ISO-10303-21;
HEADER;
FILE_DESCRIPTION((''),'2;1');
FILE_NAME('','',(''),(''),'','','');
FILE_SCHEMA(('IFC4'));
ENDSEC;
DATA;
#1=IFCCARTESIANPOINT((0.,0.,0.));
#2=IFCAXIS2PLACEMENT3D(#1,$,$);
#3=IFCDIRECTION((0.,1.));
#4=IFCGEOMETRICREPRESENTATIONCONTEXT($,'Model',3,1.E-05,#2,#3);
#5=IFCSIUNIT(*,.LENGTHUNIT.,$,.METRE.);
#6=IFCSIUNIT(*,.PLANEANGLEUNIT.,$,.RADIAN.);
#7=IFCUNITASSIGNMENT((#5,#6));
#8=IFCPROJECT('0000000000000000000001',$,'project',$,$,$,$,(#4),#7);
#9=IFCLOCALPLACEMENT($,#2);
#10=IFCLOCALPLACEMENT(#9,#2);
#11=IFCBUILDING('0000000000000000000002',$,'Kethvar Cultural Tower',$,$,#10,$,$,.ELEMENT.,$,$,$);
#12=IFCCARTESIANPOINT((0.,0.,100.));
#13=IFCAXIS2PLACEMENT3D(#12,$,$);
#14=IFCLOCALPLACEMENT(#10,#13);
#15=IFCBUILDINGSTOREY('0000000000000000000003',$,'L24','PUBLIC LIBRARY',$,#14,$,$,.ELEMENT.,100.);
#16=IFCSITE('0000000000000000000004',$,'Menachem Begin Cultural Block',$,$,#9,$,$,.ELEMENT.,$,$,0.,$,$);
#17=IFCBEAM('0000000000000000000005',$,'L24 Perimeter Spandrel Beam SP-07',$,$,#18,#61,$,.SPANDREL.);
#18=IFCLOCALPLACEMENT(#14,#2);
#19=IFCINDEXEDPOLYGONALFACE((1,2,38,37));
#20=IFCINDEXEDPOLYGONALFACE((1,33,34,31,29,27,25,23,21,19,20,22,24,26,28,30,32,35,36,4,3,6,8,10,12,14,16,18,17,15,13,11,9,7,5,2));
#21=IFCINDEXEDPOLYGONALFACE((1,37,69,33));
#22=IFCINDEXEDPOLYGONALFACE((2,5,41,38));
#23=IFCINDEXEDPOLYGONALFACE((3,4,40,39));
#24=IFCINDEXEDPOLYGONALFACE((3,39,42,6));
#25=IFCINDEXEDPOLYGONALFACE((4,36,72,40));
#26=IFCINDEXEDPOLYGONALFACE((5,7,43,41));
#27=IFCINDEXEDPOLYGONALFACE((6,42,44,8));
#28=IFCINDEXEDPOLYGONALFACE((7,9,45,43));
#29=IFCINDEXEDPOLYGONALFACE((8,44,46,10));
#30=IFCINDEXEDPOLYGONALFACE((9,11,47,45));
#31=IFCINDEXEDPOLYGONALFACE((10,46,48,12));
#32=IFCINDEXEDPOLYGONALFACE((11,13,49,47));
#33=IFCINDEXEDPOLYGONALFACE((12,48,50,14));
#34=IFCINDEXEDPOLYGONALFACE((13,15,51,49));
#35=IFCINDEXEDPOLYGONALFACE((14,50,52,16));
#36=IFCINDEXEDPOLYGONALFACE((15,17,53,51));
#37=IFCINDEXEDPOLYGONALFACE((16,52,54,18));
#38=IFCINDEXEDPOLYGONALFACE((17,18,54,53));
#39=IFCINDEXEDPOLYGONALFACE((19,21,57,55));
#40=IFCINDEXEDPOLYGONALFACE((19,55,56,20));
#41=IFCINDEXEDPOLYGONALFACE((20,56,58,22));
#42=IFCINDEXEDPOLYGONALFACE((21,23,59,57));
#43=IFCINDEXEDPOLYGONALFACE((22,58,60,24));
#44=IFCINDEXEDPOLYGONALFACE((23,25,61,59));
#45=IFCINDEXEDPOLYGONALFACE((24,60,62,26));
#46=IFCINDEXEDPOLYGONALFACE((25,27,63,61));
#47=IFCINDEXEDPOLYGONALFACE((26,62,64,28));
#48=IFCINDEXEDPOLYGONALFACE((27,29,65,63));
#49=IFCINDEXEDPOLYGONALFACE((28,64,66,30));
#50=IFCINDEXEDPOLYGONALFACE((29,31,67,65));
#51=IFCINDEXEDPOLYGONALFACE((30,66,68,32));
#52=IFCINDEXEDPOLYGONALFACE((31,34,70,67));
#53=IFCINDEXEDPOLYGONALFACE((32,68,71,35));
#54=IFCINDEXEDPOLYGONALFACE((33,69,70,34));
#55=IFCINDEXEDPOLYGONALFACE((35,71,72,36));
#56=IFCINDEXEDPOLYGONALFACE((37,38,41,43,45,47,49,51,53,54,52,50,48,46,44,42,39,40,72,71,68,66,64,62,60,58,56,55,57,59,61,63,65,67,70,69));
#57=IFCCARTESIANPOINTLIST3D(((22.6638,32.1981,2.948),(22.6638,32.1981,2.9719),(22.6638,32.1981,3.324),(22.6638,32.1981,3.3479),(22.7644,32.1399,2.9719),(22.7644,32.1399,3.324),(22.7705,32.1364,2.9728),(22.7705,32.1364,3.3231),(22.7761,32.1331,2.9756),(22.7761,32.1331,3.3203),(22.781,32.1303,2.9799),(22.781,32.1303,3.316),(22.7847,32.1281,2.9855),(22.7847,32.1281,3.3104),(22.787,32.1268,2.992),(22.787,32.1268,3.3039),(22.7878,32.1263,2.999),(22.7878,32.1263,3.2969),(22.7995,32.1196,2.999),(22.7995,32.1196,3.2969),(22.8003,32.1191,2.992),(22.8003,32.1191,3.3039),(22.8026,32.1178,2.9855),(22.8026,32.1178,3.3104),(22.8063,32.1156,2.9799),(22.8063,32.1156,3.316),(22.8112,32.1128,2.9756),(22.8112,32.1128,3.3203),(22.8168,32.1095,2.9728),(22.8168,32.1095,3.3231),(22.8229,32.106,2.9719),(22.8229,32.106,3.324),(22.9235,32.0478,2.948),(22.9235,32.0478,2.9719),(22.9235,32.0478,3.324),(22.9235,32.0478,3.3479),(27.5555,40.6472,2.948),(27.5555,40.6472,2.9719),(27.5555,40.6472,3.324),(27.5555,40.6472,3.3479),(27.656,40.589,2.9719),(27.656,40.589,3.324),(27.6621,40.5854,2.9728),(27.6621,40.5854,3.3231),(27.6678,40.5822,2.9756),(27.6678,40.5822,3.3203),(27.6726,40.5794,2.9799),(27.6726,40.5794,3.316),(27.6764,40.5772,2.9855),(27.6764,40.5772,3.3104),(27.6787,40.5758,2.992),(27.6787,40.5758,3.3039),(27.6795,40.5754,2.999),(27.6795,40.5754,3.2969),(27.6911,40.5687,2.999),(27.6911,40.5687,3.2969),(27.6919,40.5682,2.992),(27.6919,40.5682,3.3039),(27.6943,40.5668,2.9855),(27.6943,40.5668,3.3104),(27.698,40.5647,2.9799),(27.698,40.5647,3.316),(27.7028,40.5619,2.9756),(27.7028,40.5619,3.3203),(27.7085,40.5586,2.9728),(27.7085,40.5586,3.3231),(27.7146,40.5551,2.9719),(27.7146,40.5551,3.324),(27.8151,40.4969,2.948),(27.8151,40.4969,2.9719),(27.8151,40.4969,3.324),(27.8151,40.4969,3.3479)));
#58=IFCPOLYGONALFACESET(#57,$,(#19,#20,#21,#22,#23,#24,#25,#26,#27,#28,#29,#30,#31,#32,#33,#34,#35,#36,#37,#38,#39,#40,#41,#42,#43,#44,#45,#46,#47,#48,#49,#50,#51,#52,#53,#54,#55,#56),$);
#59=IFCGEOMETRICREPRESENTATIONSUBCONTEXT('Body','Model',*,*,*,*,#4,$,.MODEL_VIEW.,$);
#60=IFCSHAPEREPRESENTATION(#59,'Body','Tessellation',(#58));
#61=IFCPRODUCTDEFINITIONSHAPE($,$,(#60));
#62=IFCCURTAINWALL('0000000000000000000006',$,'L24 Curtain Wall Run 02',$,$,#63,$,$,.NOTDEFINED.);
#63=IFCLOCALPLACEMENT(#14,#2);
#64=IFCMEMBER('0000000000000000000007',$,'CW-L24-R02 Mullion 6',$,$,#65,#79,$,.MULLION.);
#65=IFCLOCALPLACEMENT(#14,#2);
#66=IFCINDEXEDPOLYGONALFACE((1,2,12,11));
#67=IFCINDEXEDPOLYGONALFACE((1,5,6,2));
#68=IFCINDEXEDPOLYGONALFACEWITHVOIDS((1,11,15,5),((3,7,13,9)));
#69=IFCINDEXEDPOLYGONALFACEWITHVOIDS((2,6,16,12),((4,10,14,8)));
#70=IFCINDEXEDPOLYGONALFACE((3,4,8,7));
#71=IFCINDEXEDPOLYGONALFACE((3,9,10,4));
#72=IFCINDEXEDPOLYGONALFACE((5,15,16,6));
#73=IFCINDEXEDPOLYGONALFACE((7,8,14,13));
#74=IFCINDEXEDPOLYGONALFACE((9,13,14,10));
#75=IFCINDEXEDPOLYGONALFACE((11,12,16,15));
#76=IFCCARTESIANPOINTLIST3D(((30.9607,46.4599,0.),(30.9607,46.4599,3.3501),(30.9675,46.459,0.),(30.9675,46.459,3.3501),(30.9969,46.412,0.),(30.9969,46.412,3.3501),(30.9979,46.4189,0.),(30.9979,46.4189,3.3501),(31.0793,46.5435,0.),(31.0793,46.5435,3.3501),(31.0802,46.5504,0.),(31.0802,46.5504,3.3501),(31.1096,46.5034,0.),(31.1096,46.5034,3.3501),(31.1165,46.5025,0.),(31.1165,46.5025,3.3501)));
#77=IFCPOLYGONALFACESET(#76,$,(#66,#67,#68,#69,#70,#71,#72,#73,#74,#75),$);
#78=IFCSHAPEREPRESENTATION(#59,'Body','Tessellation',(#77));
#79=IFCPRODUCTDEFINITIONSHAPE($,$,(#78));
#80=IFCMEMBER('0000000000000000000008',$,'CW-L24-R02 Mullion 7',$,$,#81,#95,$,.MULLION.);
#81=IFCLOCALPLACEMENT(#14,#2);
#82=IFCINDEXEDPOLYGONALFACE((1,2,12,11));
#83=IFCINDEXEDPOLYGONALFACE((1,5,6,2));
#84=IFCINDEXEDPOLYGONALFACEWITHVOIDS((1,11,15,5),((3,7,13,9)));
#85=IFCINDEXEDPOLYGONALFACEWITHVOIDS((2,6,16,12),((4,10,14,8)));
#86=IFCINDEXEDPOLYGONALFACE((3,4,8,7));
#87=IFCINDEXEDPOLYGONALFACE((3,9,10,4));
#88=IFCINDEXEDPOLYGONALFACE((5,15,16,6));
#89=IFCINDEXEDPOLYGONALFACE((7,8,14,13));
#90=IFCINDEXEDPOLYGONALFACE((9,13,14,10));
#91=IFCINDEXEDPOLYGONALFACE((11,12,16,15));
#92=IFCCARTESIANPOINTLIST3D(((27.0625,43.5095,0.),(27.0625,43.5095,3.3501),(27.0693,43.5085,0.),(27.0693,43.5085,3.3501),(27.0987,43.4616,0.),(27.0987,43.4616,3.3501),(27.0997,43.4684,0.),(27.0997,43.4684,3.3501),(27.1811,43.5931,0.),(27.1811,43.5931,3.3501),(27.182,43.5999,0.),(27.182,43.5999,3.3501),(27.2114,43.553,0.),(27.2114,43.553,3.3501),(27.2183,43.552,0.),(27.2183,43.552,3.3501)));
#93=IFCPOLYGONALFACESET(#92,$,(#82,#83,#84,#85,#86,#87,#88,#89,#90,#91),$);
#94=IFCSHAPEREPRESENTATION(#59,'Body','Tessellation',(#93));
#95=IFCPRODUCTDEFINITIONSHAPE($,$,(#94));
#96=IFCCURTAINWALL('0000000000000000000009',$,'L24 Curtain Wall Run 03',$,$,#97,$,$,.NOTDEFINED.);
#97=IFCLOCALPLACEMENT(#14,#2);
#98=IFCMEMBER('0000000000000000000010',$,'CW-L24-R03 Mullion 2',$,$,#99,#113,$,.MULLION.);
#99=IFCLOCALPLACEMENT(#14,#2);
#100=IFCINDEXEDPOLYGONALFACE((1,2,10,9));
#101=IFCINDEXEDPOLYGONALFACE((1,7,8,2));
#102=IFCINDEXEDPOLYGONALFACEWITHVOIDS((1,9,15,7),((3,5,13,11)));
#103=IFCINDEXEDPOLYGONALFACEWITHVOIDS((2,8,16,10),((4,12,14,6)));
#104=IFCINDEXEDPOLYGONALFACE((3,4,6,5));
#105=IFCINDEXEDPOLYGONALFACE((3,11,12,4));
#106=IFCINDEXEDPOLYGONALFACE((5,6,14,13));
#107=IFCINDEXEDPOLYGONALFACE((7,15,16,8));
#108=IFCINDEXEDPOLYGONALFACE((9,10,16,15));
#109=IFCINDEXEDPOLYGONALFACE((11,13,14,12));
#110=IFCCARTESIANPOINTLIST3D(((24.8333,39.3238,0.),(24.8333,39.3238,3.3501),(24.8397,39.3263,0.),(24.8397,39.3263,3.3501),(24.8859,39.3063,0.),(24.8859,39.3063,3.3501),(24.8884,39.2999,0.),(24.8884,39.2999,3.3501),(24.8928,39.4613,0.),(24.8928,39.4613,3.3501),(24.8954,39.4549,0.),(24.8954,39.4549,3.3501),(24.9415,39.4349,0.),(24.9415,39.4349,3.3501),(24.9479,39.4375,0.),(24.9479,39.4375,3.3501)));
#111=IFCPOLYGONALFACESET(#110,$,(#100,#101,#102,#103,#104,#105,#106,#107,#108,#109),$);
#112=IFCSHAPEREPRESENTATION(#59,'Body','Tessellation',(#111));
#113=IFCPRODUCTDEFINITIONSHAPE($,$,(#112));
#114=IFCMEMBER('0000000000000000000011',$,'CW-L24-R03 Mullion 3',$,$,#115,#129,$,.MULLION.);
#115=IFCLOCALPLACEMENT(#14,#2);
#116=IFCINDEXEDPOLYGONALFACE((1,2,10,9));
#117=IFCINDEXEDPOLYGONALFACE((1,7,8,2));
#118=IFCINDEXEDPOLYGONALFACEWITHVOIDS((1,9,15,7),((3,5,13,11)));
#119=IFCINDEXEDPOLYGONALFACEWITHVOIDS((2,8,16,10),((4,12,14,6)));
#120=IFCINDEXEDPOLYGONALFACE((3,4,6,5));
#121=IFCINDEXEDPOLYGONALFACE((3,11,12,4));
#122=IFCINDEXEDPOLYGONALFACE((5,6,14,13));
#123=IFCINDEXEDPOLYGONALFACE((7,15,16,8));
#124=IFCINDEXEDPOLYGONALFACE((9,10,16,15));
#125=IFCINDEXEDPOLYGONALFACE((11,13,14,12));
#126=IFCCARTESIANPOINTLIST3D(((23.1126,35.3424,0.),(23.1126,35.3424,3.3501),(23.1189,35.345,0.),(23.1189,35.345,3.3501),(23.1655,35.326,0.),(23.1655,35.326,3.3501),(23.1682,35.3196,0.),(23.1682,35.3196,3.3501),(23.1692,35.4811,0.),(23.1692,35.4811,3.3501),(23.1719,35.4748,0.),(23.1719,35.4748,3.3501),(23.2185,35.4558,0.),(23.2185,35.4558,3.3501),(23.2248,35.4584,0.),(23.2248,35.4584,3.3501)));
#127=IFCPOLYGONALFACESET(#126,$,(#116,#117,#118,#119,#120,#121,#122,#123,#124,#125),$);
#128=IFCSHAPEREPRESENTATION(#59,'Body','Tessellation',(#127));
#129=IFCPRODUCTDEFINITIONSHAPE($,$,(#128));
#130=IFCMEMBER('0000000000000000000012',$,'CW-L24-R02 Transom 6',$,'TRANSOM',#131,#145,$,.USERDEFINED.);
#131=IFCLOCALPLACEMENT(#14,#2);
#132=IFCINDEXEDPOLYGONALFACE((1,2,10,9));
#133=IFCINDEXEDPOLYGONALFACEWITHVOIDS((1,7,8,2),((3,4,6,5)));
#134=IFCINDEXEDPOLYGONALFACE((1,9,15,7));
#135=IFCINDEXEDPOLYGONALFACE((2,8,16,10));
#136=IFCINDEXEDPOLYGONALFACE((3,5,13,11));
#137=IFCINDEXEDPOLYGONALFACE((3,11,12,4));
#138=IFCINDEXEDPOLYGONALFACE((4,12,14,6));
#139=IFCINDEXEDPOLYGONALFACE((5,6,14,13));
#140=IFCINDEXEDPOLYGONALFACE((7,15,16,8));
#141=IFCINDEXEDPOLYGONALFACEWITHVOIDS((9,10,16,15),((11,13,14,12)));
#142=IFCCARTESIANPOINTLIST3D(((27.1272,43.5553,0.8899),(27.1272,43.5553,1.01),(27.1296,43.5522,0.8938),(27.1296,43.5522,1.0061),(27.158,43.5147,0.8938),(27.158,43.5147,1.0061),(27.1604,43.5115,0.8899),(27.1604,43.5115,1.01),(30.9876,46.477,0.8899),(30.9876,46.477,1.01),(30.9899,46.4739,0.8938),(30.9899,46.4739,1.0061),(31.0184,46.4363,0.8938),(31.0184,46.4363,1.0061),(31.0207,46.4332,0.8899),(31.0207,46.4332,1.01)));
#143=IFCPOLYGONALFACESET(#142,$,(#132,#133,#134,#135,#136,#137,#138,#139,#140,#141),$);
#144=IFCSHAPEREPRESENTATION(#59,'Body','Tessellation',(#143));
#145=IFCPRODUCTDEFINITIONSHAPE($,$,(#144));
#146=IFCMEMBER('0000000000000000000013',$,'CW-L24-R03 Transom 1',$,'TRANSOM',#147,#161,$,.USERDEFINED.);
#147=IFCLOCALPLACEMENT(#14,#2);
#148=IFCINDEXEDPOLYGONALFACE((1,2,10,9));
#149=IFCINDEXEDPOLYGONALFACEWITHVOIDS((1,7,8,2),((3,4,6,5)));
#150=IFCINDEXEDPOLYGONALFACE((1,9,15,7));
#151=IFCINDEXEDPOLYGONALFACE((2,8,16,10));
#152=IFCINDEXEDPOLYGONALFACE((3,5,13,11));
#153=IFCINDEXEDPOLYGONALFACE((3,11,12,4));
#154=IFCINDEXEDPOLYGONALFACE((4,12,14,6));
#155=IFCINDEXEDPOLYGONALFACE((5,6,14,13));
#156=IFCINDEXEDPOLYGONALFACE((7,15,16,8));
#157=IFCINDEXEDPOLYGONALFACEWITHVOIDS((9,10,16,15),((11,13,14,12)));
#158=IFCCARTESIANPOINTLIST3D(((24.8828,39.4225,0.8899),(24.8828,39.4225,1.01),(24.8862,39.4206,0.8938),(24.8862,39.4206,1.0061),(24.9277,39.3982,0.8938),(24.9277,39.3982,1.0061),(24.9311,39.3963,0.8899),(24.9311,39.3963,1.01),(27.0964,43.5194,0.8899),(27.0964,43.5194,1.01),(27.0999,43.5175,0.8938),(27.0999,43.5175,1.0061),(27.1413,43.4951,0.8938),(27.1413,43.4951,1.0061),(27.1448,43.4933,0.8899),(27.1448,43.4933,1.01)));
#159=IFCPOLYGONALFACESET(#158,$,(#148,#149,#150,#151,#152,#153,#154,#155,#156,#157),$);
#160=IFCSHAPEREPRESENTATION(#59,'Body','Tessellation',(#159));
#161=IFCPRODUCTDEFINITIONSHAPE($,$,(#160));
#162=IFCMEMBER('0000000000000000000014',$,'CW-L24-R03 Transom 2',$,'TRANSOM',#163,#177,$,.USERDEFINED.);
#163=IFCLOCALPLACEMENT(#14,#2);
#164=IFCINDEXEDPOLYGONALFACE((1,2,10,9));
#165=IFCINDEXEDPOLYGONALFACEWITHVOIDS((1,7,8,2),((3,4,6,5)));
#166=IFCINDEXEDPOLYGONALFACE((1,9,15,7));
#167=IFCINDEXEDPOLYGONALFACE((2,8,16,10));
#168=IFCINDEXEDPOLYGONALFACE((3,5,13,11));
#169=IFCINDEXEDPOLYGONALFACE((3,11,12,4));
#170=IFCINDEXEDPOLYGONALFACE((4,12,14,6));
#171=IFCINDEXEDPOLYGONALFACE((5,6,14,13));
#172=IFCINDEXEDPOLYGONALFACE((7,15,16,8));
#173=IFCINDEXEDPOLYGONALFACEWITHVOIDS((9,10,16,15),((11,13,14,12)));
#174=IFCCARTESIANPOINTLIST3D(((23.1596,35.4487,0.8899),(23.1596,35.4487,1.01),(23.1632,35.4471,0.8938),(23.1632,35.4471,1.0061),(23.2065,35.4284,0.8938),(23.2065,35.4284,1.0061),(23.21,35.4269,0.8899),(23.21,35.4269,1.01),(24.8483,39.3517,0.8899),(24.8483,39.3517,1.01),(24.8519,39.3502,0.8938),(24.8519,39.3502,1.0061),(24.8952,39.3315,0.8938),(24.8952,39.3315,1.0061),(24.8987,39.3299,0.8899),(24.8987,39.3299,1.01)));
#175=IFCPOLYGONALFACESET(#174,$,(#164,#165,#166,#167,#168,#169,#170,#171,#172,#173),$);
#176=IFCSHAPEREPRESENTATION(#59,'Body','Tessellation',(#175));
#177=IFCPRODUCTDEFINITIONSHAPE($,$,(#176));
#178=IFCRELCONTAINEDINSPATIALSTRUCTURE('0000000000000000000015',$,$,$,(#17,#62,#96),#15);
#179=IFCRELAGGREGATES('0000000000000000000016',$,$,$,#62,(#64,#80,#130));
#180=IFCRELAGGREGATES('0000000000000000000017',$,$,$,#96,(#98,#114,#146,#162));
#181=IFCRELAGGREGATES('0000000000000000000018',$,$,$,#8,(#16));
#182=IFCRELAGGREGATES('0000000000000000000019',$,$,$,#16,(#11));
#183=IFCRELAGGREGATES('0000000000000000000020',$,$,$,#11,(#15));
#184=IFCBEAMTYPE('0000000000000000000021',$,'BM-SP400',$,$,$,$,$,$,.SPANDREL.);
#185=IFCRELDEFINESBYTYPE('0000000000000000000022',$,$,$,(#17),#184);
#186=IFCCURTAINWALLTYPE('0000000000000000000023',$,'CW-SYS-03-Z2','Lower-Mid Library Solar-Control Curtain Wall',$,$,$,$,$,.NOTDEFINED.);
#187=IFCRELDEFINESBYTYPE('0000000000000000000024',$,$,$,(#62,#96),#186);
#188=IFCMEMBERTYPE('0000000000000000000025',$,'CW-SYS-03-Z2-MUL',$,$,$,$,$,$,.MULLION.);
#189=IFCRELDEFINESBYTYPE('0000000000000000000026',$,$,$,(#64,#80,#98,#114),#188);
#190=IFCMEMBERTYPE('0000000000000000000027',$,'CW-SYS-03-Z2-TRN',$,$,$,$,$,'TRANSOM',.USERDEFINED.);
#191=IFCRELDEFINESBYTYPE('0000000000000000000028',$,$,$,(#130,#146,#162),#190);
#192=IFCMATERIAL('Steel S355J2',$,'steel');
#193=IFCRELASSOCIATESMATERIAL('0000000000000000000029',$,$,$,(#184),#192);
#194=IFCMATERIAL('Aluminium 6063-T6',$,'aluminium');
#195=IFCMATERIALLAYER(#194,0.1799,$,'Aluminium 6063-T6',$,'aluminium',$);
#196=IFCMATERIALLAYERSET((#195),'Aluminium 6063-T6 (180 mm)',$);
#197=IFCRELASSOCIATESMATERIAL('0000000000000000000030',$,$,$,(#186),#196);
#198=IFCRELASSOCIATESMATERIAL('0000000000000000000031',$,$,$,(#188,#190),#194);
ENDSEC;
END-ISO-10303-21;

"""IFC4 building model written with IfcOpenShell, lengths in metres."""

from ifc_helpers import new_model, si_unit, direction, frame, origin, origin_2d, place, context, subcontext, project, spatial, hollow_rectangle, i_section, extrude, source, transform, mapped, material, layer, layer_set, material_profile, profile_set, type_object, element, aggregate, save


model = new_model("IFC4")

# Units and contexts
model_context = context("Model", 3, precision=1e-05, world=origin(), true_north=direction((0.0, 1.0)))
body_context = subcontext(model_context, "Body", "Model", "MODEL_VIEW")
ifc_project = project(units=[si_unit("LENGTHUNIT", "METRE"), si_unit("PLANEANGLEUNIT", "RADIAN")], contexts=[model_context])

# Site, building, storey
site_placement = place(None, origin())
site = spatial("IfcSite", under=ifc_project, at=site_placement, Name="Menachem Begin Cultural Block", CompositionType="ELEMENT", RefElevation=0.0)
building_placement = place(site_placement, origin())
building = spatial("IfcBuilding", under=site, at=building_placement, Name="Kethvar Cultural Tower", CompositionType="ELEMENT")
storey_placement = place(building_placement, frame((0.0, 0.0, 100.0)))
storey = spatial("IfcBuildingStorey", under=building, at=storey_placement, Name="L24", Description="PUBLIC LIBRARY", CompositionType="ELEMENT", Elevation=100.0)

# Beam
ifc_material_1 = material(Name="Steel S355J2", Category="steel")
ifc_material_profile_1 = material_profile(ifc_material_1, i_section(OverallWidth=0.3, OverallDepth=0.3999, WebThickness=0.0134, FlangeThickness=0.0239, FilletRadius=0.0271, at=origin_2d()), Name="Steel S355J2 — HEB400")
ifc_profile_set_1 = profile_set([ifc_material_profile_1], Name="Steel S355J2 — HEB400")
beam_type_1 = type_object("IfcBeamType", Name="BM-SP400", PredefinedType="SPANDREL", material=ifc_profile_set_1)
shared_shape_1 = source(origin(), body_context, "Body", "SweptSolid", [
    extrude(i_section(OverallWidth=0.3, OverallDepth=0.3999, WebThickness=0.0134, FlangeThickness=0.0239, FilletRadius=0.0271, at=origin_2d()), origin(), (0.0, 0.0, 1.0), 9.7629),
])
beam_1_placement = place(storey_placement, frame((27.6853, 40.572, 3.1479), z_axis=(-0.501043, -0.865422, 0.0), x_axis=(0.865422, -0.501043, 0.0)))
element("IfcBeam", 1, at=beam_1_placement, inside=storey, type_object=beam_type_1, Name="L24 Perimeter Spandrel Beam SP-07", PredefinedType="SPANDREL", context=body_context, shape_type="MappedRepresentation", body=[
    mapped(shared_shape_1, transform((0.0, 0.0, 0.0), scale=1.0)),
])

# Curtain walls, members
ifc_material_2 = material(Name="Aluminium 6063-T6", Category="aluminium")
ifc_layer_1 = layer(ifc_material_2, 0.1799, Name="Aluminium 6063-T6", Category="aluminium")
ifc_layer_set_1 = layer_set([ifc_layer_1], Name="Aluminium 6063-T6 (180 mm)")
curtain_wall_type = type_object("IfcCurtainWallType", Name="CW-SYS-03-Z2", Description="Lower-Mid Library Solar-Control Curtain Wall", PredefinedType="NOTDEFINED", material=ifc_layer_set_1)
curtain_wall_1_placement = place(storey_placement, origin())
curtain_wall_1 = element("IfcCurtainWall", 2, at=curtain_wall_1_placement, inside=storey, type_object=curtain_wall_type, Name="L24 Curtain Wall Run 02", PredefinedType="NOTDEFINED")
ifc_material_profile_2 = material_profile(ifc_material_2, hollow_rectangle(XDim=0.0601, YDim=0.1499, WallThickness=0.0049, at=origin_2d()), Name="Aluminium 6063-T6 — RHS150x60x5")
ifc_profile_set_2 = profile_set([ifc_material_profile_2], Name="Aluminium 6063-T6 — RHS150x60x5")
member_type_1 = type_object("IfcMemberType", Name="CW-SYS-03-Z2-MUL", PredefinedType="MULLION", material=ifc_profile_set_2)
shared_shape_2 = source(origin(), body_context, "Body", "SweptSolid", [
    extrude(hollow_rectangle(XDim=0.0601, YDim=0.1499, WallThickness=0.0049, at=origin_2d()), origin(), (0.0, 0.0, 1.0), 3.3501),
])
member_1_placement = place(storey_placement, frame((31.0386, 46.4812, 0.0), z_axis=(0.0, 0.0, 1.0), x_axis=(0.603486, -0.797373, 0.0)))
member_1 = element("IfcMember", 3, at=member_1_placement, type_object=member_type_1, Name="CW-L24-R02 Mullion 6", PredefinedType="MULLION", context=body_context, shape_type="MappedRepresentation", body=[
    mapped(shared_shape_2, transform((0.0, 0.0, 0.0), scale=1.0)),
])
member_2_placement = place(storey_placement, frame((27.1404, 43.5308, 0.0), z_axis=(0.0, 0.0, 1.0), x_axis=(0.603486, -0.797373, 0.0)))
member_2 = element("IfcMember", 4, at=member_2_placement, type_object=member_type_1, Name="CW-L24-R02 Mullion 7", PredefinedType="MULLION", context=body_context, shape_type="MappedRepresentation", body=[
    mapped(shared_shape_2, transform((0.0, 0.0, 0.0), scale=1.0)),
])
curtain_wall_2_placement = place(storey_placement, origin())
curtain_wall_2 = element("IfcCurtainWall", 5, at=curtain_wall_2_placement, inside=storey, type_object=curtain_wall_type, Name="L24 Curtain Wall Run 03", PredefinedType="NOTDEFINED")
member_3_placement = place(storey_placement, frame((24.8906, 39.3806, 0.0), z_axis=(0.0, 0.0, 1.0), x_axis=(0.917775, -0.3971, 0.0)))
member_3 = element("IfcMember", 6, at=member_3_placement, type_object=member_type_1, Name="CW-L24-R03 Mullion 2", PredefinedType="MULLION", context=body_context, shape_type="MappedRepresentation", body=[
    mapped(shared_shape_2, transform((0.0, 0.0, 0.0), scale=1.0)),
])
member_4_placement = place(storey_placement, frame((23.1687, 35.4004, 0.0), z_axis=(0.0, 0.0, 1.0), x_axis=(0.925785, -0.378051, 0.0)))
member_4 = element("IfcMember", 7, at=member_4_placement, type_object=member_type_1, Name="CW-L24-R03 Mullion 3", PredefinedType="MULLION", context=body_context, shape_type="MappedRepresentation", body=[
    mapped(shared_shape_2, transform((0.0, 0.0, 0.0), scale=1.0)),
])

# Members
ifc_material_profile_3 = material_profile(ifc_material_2, hollow_rectangle(XDim=0.0549, YDim=0.1201, WallThickness=0.0039, at=origin_2d()), Name="Aluminium 6063-T6 — RHS120x55x4")
ifc_profile_set_3 = profile_set([ifc_material_profile_3], Name="Aluminium 6063-T6 — RHS120x55x4")
member_type_2 = type_object("IfcMemberType", Name="CW-SYS-03-Z2-TRN", ElementType="TRANSOM", PredefinedType="USERDEFINED", material=ifc_profile_set_3)
shared_shape_3 = source(origin(), body_context, "Body", "SweptSolid", [
    extrude(hollow_rectangle(XDim=0.0549, YDim=0.1201, WallThickness=0.0039, at=origin_2d()), origin(), (0.0, 0.0, 1.0), 4.8413),
])
member_5_placement = place(storey_placement, frame((31.0042, 46.4551, 0.95), z_axis=(-0.797378, -0.60348, 0.0), x_axis=(0.60348, -0.797378, 0.0)))
member_5 = element("IfcMember", 8, at=member_5_placement, type_object=member_type_2, Name="CW-L24-R02 Transom 6", ObjectType="TRANSOM", PredefinedType="USERDEFINED", context=body_context, shape_type="MappedRepresentation", body=[
    mapped(shared_shape_3, transform((0.0, 0.0, 0.0), scale=1.0)),
])
shared_shape_4 = source(origin(), body_context, "Body", "SweptSolid", [
    extrude(hollow_rectangle(XDim=0.0549, YDim=0.1201, WallThickness=0.0039, at=origin_2d()), origin(), (0.0, 0.0, 1.0), 4.6567),
])
member_6_placement = place(storey_placement, frame((27.1206, 43.5063, 0.95), z_axis=(-0.475362, -0.87979, 0.0), x_axis=(0.87979, -0.475362, 0.0)))
member_6 = element("IfcMember", 9, at=member_6_placement, type_object=member_type_2, Name="CW-L24-R03 Transom 1", ObjectType="TRANSOM", PredefinedType="USERDEFINED", context=body_context, shape_type="MappedRepresentation", body=[
    mapped(shared_shape_4, transform((0.0, 0.0, 0.0), scale=1.0)),
])
shared_shape_5 = source(origin(), body_context, "Body", "SweptSolid", [
    extrude(hollow_rectangle(XDim=0.0549, YDim=0.1201, WallThickness=0.0039, at=origin_2d()), origin(), (0.0, 0.0, 1.0), 4.2527),
])
member_7_placement = place(storey_placement, frame((24.8735, 39.3408, 0.95), z_axis=(-0.39709, -0.91778, 0.0), x_axis=(0.91778, -0.39709, 0.0)))
member_7 = element("IfcMember", 10, at=member_7_placement, type_object=member_type_2, Name="CW-L24-R03 Transom 2", ObjectType="TRANSOM", PredefinedType="USERDEFINED", context=body_context, shape_type="MappedRepresentation", body=[
    mapped(shared_shape_5, transform((0.0, 0.0, 0.0), scale=1.0)),
])

aggregate(curtain_wall_1, [member_1, member_2, member_5])
aggregate(curtain_wall_2, [member_3, member_4, member_6, member_7])

save(model, "model.ifc")
